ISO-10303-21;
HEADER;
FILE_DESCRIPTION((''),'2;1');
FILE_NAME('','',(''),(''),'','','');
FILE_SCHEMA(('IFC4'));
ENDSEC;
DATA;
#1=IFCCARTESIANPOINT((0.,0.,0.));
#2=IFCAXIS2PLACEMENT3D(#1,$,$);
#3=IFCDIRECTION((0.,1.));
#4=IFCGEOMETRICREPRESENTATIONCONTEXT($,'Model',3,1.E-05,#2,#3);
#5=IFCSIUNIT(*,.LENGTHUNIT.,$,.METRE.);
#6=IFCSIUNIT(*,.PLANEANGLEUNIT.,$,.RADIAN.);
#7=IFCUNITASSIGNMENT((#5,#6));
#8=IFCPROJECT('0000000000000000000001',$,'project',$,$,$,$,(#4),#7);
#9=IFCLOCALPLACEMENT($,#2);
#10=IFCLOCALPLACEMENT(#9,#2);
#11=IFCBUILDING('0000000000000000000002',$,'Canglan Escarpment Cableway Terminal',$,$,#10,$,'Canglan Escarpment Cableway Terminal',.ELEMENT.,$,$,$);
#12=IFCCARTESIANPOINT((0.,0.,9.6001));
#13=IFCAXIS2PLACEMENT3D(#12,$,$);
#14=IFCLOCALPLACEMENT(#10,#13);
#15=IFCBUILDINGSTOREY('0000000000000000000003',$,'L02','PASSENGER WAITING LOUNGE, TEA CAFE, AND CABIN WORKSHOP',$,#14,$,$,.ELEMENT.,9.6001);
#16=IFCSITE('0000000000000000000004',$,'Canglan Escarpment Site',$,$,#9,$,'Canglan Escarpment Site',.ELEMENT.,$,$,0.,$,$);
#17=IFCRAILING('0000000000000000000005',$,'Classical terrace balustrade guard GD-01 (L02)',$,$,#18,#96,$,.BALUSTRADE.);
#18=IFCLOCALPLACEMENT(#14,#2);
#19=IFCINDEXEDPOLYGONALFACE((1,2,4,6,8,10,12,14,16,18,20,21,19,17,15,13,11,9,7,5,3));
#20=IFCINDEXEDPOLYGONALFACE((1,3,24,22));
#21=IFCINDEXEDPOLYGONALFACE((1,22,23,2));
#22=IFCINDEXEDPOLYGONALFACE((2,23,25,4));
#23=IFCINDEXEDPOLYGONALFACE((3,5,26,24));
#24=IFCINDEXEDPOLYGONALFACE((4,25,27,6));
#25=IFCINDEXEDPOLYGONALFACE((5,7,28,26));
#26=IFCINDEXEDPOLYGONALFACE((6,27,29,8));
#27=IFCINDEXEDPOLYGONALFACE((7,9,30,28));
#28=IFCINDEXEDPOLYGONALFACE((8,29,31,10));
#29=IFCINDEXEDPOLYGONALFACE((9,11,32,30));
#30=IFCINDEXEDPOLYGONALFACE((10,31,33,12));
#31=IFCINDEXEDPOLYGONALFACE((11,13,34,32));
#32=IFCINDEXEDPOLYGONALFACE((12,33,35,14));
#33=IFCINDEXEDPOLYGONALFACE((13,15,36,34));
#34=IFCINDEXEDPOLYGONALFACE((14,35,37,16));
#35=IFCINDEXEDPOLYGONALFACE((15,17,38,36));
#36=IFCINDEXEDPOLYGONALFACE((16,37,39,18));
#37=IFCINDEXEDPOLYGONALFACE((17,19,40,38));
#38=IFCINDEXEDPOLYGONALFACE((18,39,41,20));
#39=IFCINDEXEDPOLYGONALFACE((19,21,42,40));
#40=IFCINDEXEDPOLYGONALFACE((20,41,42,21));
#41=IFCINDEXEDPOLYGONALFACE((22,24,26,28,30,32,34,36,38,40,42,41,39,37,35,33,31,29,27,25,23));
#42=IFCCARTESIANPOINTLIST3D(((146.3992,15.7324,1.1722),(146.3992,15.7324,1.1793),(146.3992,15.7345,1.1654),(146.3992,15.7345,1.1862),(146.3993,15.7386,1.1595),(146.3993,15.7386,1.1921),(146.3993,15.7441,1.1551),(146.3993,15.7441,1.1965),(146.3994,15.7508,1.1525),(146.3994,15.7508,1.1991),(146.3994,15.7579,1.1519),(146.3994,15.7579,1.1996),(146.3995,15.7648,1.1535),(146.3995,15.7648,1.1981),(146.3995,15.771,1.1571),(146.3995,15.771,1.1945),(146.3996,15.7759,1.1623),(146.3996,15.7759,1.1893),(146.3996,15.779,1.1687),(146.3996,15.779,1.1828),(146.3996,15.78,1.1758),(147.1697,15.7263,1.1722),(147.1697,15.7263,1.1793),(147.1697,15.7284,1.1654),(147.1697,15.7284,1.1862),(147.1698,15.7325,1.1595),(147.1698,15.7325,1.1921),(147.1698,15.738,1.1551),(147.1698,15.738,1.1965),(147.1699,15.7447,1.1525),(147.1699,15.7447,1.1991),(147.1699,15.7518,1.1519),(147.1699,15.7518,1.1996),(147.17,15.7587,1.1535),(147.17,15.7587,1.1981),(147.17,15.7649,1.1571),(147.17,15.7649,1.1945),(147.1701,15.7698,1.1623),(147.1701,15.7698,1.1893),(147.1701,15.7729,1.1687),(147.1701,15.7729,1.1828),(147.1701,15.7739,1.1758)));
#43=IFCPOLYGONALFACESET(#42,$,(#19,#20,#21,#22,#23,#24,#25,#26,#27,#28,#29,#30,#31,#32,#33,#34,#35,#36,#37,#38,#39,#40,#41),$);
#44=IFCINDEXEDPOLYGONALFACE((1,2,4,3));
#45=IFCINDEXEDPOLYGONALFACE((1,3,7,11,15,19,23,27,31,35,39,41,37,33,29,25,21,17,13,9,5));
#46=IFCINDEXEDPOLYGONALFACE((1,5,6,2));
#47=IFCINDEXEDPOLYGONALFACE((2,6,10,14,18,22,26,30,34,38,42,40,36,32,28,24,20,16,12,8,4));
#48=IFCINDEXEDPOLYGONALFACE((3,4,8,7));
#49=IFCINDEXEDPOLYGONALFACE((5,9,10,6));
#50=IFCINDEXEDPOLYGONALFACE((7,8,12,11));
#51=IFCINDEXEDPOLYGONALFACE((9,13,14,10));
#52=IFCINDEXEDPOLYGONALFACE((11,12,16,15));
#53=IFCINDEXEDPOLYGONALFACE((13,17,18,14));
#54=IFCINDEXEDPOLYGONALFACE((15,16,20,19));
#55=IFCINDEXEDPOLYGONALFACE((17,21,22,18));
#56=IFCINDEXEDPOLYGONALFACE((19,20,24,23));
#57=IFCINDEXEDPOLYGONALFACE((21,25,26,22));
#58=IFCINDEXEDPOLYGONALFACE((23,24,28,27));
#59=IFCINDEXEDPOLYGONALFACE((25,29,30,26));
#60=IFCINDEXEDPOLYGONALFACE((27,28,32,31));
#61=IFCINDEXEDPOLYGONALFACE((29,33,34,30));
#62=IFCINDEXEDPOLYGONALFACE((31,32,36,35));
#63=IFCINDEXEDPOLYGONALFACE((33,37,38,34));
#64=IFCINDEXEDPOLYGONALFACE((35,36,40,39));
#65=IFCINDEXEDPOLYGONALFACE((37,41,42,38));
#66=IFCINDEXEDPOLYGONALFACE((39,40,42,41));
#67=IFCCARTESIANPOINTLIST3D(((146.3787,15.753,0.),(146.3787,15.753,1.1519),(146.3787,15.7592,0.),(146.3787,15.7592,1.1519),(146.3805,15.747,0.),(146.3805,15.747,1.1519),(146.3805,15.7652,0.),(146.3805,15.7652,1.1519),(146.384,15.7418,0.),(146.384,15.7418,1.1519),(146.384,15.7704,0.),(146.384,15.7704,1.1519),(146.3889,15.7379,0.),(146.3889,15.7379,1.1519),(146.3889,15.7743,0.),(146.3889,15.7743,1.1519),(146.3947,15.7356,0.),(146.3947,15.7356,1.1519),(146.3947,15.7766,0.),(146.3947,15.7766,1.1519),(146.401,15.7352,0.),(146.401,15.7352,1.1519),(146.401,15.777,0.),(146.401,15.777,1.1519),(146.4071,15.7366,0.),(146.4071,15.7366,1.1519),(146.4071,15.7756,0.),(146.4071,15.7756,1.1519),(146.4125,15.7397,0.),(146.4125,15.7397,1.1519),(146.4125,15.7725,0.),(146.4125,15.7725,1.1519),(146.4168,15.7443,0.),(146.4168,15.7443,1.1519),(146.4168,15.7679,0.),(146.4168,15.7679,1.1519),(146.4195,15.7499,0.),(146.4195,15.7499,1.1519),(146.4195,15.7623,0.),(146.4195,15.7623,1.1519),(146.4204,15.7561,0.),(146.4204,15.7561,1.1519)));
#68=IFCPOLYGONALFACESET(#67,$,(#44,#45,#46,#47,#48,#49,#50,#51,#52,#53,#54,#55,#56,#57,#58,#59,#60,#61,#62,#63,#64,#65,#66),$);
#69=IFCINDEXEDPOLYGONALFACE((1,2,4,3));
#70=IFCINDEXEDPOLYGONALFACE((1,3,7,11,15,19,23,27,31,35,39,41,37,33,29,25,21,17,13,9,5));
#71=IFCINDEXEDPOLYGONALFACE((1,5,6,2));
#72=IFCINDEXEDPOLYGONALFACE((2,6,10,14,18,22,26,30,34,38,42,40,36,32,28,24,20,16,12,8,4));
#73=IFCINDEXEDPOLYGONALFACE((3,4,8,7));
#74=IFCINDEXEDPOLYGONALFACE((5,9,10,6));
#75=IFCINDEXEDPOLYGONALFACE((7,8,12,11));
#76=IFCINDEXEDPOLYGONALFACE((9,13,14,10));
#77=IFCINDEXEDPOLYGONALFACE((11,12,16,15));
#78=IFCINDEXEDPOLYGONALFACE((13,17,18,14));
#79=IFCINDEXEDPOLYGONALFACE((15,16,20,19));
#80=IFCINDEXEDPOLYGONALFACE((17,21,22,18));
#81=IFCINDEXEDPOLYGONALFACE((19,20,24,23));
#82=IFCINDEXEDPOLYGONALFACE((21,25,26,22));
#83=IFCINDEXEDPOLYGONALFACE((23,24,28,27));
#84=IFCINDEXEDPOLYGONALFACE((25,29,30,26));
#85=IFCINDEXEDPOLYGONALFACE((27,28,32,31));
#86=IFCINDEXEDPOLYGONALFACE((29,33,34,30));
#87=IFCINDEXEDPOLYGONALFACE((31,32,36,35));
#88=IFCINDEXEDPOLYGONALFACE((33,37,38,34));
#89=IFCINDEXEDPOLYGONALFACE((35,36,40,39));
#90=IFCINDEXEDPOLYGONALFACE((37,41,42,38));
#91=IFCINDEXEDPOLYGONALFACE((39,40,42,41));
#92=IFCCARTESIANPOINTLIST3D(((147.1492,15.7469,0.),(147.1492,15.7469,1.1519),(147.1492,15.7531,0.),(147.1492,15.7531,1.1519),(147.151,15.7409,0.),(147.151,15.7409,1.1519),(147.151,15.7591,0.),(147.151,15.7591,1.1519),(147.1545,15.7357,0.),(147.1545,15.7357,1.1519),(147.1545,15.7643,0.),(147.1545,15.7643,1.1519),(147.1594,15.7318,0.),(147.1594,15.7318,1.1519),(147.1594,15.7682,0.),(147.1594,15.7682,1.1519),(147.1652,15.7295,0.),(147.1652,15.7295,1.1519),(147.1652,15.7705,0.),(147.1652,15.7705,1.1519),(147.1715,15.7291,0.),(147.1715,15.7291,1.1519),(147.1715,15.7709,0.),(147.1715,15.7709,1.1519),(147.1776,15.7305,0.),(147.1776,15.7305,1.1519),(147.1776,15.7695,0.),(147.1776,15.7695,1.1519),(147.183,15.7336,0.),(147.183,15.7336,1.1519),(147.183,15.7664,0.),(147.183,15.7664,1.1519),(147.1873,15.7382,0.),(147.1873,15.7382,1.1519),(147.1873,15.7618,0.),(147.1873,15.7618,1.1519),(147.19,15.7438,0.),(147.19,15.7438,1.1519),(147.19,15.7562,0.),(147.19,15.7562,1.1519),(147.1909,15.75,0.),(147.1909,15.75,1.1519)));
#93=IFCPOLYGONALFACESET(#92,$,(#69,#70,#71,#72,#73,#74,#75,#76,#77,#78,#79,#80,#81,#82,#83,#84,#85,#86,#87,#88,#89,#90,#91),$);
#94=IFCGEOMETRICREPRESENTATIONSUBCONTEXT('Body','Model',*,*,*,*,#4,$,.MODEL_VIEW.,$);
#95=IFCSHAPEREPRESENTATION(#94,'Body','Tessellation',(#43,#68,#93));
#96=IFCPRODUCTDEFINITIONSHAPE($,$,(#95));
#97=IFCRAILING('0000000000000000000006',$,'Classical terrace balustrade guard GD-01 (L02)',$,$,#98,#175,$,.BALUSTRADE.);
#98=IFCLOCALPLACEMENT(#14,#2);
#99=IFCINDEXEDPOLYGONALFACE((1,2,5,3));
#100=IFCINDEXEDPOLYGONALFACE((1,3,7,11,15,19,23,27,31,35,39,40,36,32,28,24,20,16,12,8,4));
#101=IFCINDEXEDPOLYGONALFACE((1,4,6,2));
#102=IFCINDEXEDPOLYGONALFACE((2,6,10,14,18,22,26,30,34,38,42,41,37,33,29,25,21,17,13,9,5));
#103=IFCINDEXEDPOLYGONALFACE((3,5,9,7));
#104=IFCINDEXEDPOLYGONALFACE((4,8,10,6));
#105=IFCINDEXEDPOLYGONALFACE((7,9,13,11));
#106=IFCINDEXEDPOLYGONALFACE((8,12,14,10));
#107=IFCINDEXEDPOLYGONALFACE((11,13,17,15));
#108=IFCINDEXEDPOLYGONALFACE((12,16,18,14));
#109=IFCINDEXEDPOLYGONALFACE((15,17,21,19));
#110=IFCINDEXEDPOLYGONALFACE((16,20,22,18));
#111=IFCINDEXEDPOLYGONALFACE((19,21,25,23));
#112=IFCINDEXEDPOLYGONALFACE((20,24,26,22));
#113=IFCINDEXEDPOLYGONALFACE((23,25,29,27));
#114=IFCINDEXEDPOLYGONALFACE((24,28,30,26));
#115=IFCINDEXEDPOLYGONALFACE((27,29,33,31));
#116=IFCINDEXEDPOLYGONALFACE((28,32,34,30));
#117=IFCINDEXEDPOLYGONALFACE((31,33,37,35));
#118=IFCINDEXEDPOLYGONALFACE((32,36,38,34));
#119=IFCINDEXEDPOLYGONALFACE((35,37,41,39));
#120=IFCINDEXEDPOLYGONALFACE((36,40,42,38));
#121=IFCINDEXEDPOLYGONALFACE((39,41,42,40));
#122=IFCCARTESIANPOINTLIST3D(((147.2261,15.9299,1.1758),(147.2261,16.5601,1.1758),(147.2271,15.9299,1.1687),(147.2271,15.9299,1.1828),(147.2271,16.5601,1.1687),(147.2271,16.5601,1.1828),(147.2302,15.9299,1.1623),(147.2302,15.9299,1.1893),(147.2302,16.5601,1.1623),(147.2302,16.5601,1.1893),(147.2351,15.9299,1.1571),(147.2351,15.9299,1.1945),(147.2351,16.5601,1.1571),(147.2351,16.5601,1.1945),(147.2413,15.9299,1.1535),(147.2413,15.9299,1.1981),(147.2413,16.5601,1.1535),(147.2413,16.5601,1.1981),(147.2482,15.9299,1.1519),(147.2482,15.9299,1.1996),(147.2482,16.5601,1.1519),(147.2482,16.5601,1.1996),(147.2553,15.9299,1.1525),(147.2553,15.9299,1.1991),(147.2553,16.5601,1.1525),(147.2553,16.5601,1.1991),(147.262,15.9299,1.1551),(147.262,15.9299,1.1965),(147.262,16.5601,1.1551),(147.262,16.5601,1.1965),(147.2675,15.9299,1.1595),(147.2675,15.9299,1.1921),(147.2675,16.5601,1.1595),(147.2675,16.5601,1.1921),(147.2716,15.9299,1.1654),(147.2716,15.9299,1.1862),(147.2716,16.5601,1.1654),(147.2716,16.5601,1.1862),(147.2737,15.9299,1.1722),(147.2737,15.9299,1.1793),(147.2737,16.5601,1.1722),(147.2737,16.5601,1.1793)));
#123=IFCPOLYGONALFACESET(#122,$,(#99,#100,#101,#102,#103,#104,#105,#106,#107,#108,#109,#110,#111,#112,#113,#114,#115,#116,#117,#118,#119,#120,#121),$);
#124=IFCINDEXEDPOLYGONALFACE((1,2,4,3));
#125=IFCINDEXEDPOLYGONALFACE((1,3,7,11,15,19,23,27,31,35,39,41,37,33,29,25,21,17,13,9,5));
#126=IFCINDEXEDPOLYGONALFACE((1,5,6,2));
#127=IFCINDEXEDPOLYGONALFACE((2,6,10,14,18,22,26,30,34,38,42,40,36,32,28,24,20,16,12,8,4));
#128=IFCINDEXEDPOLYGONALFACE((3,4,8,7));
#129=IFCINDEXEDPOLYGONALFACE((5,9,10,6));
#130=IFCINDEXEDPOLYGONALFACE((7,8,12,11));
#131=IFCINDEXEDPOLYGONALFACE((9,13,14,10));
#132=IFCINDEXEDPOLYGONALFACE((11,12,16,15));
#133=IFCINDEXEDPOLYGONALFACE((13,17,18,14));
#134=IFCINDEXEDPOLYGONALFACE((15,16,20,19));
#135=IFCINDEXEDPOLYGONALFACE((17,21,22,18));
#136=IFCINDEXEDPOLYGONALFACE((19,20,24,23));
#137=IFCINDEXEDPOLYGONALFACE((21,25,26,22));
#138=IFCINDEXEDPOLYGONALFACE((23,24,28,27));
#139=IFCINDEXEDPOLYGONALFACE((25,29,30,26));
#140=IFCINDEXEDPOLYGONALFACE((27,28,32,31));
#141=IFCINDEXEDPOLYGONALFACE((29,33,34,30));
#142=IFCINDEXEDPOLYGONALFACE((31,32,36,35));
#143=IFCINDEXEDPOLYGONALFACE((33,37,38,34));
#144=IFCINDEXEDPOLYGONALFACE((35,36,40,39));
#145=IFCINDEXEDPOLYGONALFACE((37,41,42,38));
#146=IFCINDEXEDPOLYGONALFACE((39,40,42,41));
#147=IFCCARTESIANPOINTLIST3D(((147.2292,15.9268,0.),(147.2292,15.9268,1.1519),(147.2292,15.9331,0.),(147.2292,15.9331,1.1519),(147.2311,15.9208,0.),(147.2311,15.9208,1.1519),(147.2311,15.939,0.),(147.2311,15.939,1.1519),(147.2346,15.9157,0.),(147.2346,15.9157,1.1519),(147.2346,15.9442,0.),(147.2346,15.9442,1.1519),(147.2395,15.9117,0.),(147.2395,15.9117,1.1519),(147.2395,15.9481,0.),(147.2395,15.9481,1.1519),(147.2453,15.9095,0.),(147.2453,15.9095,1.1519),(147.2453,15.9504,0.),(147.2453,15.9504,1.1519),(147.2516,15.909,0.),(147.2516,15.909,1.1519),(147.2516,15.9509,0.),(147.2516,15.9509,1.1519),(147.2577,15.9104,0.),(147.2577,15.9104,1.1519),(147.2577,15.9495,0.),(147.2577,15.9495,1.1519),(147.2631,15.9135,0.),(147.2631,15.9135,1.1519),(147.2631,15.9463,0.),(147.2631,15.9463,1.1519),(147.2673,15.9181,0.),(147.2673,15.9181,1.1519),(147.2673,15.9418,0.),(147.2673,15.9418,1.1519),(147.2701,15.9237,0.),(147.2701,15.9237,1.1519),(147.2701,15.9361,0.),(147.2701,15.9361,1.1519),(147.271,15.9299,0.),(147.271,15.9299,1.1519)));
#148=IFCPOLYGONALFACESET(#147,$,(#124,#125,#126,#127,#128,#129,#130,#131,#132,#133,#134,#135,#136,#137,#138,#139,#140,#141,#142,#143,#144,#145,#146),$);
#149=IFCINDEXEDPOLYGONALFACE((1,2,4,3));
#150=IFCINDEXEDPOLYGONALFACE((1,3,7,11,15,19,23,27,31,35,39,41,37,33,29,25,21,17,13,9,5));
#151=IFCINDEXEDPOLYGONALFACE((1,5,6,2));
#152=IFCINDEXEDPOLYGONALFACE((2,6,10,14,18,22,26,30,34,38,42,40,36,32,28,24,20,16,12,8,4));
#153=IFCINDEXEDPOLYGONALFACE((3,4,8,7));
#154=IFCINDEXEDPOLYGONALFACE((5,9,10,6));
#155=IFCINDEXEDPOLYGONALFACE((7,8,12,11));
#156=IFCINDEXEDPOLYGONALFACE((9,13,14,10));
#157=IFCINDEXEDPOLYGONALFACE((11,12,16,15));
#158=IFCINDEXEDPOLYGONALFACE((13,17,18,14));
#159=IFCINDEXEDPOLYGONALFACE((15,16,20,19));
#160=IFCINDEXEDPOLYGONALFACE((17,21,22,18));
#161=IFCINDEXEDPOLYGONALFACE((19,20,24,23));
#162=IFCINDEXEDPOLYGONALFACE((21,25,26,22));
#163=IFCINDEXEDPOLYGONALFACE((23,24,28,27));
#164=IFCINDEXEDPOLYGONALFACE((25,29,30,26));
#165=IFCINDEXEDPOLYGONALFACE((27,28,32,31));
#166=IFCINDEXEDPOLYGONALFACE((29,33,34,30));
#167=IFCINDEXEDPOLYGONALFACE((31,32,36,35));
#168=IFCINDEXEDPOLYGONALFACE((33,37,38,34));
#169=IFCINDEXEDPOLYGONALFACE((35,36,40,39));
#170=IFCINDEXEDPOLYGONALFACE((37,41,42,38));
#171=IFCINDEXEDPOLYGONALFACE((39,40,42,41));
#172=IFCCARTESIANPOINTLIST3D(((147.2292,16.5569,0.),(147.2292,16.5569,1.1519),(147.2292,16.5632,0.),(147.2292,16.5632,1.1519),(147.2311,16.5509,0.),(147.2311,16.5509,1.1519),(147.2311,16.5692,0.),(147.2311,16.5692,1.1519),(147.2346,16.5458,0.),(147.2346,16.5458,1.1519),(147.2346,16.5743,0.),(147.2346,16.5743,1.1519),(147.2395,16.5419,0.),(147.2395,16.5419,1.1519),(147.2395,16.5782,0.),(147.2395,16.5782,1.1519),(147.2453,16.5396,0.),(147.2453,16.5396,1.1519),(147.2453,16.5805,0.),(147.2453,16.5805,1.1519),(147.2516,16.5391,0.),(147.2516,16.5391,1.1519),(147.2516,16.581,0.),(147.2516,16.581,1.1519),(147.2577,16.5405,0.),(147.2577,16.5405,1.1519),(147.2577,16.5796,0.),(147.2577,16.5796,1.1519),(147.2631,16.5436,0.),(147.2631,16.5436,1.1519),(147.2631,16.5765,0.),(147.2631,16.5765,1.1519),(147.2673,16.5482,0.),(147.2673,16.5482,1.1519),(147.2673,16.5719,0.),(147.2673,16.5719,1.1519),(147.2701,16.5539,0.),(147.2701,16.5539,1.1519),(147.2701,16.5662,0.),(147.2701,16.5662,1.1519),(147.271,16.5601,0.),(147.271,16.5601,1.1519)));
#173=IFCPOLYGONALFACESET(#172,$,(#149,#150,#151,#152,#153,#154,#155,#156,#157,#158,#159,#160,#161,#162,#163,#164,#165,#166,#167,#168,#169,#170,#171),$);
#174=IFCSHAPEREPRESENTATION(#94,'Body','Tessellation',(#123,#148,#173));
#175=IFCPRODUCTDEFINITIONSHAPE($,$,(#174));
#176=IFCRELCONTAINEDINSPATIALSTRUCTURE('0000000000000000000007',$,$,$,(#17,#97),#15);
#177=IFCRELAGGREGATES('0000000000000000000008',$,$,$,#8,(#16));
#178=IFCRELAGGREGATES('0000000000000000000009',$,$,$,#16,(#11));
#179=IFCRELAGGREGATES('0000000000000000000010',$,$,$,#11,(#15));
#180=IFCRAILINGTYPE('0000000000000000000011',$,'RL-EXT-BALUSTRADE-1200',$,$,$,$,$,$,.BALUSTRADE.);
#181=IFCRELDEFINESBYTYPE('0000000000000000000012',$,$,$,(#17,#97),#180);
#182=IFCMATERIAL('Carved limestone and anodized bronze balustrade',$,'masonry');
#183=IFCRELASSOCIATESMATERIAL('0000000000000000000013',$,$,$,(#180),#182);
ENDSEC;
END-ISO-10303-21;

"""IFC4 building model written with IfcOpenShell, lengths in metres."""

from ifc_helpers import new_model, si_unit, direction, frame, origin, origin_2d, place, context, subcontext, project, spatial, circle, extrude, material, type_object, element, save


model = new_model("IFC4")

# Units and contexts
model_context = context("Model", 3, precision=1e-05, world=origin(), true_north=direction((0.0, 1.0)))
body_context = subcontext(model_context, "Body", "Model", "MODEL_VIEW")
ifc_project = project(units=[si_unit("LENGTHUNIT", "METRE"), si_unit("PLANEANGLEUNIT", "RADIAN")], contexts=[model_context])

# Site, building, storey
site_placement = place(None, origin())
site = spatial("IfcSite", under=ifc_project, at=site_placement, Name="Canglan Escarpment Site", LongName="Canglan Escarpment Site", CompositionType="ELEMENT", RefElevation=0.0)
building_placement = place(site_placement, origin())
building = spatial("IfcBuilding", under=site, at=building_placement, Name="Canglan Escarpment Cableway Terminal", LongName="Canglan Escarpment Cableway Terminal", CompositionType="ELEMENT")
storey_placement = place(building_placement, frame((0.0, 0.0, 9.6001)))
storey = spatial("IfcBuildingStorey", under=building, at=storey_placement, Name="L02", Description="PASSENGER WAITING LOUNGE, TEA CAFE, AND CABIN WORKSHOP", CompositionType="ELEMENT", Elevation=9.6001)

# Railings
ifc_material_1 = material(Name="Carved limestone and anodized bronze balustrade", Category="masonry")
railing_type = type_object("IfcRailingType", Name="RL-EXT-BALUSTRADE-1200", PredefinedType="BALUSTRADE", material=ifc_material_1)
railing_1_placement = place(storey_placement, frame((146.3994, 15.7561, 0.0)))
element("IfcRailing", 1, at=railing_1_placement, inside=storey, type_object=railing_type, Name="Classical terrace balustrade guard GD-01 (L02)", PredefinedType="BALUSTRADE", context=body_context, shape_type="SweptSolid", body=[
    extrude(circle(Radius=0.0239, at=origin_2d()), frame((0.0, 0.0, 1.1758), z_axis=(0.999969, -0.007921, 0.0), x_axis=(0.007921, 0.999969, 0.0)), (0.0, 0.0, 1.0), 0.7705),
    extrude(circle(Radius=0.021, at=origin_2d()), origin(), (0.0, 0.0, 1.0), 1.1519),
    extrude(circle(Radius=0.021, at=origin_2d()), frame((0.7705, -0.0061, 0.0)), (0.0, 0.0, 1.0), 1.1519),
])
railing_2_placement = place(storey_placement, frame((147.25, 15.9299, 0.0)))
element("IfcRailing", 2, at=railing_2_placement, inside=storey, type_object=railing_type, Name="Classical terrace balustrade guard GD-01 (L02)", PredefinedType="BALUSTRADE", context=body_context, shape_type="SweptSolid", body=[
    extrude(circle(Radius=0.0239, at=origin_2d()), frame((0.0, 0.0, 1.1758), z_axis=(0.0, 1.0, 0.0), x_axis=(-1.0, 0.0, 0.0)), (0.0, 0.0, 1.0), 0.6301),
    extrude(circle(Radius=0.021, at=origin_2d()), origin(), (0.0, 0.0, 1.0), 1.1519),
    extrude(circle(Radius=0.021, at=origin_2d()), frame((0.0, 0.6301, 0.0)), (0.0, 0.0, 1.0), 1.1519),
])

save(model, "model.ifc")
